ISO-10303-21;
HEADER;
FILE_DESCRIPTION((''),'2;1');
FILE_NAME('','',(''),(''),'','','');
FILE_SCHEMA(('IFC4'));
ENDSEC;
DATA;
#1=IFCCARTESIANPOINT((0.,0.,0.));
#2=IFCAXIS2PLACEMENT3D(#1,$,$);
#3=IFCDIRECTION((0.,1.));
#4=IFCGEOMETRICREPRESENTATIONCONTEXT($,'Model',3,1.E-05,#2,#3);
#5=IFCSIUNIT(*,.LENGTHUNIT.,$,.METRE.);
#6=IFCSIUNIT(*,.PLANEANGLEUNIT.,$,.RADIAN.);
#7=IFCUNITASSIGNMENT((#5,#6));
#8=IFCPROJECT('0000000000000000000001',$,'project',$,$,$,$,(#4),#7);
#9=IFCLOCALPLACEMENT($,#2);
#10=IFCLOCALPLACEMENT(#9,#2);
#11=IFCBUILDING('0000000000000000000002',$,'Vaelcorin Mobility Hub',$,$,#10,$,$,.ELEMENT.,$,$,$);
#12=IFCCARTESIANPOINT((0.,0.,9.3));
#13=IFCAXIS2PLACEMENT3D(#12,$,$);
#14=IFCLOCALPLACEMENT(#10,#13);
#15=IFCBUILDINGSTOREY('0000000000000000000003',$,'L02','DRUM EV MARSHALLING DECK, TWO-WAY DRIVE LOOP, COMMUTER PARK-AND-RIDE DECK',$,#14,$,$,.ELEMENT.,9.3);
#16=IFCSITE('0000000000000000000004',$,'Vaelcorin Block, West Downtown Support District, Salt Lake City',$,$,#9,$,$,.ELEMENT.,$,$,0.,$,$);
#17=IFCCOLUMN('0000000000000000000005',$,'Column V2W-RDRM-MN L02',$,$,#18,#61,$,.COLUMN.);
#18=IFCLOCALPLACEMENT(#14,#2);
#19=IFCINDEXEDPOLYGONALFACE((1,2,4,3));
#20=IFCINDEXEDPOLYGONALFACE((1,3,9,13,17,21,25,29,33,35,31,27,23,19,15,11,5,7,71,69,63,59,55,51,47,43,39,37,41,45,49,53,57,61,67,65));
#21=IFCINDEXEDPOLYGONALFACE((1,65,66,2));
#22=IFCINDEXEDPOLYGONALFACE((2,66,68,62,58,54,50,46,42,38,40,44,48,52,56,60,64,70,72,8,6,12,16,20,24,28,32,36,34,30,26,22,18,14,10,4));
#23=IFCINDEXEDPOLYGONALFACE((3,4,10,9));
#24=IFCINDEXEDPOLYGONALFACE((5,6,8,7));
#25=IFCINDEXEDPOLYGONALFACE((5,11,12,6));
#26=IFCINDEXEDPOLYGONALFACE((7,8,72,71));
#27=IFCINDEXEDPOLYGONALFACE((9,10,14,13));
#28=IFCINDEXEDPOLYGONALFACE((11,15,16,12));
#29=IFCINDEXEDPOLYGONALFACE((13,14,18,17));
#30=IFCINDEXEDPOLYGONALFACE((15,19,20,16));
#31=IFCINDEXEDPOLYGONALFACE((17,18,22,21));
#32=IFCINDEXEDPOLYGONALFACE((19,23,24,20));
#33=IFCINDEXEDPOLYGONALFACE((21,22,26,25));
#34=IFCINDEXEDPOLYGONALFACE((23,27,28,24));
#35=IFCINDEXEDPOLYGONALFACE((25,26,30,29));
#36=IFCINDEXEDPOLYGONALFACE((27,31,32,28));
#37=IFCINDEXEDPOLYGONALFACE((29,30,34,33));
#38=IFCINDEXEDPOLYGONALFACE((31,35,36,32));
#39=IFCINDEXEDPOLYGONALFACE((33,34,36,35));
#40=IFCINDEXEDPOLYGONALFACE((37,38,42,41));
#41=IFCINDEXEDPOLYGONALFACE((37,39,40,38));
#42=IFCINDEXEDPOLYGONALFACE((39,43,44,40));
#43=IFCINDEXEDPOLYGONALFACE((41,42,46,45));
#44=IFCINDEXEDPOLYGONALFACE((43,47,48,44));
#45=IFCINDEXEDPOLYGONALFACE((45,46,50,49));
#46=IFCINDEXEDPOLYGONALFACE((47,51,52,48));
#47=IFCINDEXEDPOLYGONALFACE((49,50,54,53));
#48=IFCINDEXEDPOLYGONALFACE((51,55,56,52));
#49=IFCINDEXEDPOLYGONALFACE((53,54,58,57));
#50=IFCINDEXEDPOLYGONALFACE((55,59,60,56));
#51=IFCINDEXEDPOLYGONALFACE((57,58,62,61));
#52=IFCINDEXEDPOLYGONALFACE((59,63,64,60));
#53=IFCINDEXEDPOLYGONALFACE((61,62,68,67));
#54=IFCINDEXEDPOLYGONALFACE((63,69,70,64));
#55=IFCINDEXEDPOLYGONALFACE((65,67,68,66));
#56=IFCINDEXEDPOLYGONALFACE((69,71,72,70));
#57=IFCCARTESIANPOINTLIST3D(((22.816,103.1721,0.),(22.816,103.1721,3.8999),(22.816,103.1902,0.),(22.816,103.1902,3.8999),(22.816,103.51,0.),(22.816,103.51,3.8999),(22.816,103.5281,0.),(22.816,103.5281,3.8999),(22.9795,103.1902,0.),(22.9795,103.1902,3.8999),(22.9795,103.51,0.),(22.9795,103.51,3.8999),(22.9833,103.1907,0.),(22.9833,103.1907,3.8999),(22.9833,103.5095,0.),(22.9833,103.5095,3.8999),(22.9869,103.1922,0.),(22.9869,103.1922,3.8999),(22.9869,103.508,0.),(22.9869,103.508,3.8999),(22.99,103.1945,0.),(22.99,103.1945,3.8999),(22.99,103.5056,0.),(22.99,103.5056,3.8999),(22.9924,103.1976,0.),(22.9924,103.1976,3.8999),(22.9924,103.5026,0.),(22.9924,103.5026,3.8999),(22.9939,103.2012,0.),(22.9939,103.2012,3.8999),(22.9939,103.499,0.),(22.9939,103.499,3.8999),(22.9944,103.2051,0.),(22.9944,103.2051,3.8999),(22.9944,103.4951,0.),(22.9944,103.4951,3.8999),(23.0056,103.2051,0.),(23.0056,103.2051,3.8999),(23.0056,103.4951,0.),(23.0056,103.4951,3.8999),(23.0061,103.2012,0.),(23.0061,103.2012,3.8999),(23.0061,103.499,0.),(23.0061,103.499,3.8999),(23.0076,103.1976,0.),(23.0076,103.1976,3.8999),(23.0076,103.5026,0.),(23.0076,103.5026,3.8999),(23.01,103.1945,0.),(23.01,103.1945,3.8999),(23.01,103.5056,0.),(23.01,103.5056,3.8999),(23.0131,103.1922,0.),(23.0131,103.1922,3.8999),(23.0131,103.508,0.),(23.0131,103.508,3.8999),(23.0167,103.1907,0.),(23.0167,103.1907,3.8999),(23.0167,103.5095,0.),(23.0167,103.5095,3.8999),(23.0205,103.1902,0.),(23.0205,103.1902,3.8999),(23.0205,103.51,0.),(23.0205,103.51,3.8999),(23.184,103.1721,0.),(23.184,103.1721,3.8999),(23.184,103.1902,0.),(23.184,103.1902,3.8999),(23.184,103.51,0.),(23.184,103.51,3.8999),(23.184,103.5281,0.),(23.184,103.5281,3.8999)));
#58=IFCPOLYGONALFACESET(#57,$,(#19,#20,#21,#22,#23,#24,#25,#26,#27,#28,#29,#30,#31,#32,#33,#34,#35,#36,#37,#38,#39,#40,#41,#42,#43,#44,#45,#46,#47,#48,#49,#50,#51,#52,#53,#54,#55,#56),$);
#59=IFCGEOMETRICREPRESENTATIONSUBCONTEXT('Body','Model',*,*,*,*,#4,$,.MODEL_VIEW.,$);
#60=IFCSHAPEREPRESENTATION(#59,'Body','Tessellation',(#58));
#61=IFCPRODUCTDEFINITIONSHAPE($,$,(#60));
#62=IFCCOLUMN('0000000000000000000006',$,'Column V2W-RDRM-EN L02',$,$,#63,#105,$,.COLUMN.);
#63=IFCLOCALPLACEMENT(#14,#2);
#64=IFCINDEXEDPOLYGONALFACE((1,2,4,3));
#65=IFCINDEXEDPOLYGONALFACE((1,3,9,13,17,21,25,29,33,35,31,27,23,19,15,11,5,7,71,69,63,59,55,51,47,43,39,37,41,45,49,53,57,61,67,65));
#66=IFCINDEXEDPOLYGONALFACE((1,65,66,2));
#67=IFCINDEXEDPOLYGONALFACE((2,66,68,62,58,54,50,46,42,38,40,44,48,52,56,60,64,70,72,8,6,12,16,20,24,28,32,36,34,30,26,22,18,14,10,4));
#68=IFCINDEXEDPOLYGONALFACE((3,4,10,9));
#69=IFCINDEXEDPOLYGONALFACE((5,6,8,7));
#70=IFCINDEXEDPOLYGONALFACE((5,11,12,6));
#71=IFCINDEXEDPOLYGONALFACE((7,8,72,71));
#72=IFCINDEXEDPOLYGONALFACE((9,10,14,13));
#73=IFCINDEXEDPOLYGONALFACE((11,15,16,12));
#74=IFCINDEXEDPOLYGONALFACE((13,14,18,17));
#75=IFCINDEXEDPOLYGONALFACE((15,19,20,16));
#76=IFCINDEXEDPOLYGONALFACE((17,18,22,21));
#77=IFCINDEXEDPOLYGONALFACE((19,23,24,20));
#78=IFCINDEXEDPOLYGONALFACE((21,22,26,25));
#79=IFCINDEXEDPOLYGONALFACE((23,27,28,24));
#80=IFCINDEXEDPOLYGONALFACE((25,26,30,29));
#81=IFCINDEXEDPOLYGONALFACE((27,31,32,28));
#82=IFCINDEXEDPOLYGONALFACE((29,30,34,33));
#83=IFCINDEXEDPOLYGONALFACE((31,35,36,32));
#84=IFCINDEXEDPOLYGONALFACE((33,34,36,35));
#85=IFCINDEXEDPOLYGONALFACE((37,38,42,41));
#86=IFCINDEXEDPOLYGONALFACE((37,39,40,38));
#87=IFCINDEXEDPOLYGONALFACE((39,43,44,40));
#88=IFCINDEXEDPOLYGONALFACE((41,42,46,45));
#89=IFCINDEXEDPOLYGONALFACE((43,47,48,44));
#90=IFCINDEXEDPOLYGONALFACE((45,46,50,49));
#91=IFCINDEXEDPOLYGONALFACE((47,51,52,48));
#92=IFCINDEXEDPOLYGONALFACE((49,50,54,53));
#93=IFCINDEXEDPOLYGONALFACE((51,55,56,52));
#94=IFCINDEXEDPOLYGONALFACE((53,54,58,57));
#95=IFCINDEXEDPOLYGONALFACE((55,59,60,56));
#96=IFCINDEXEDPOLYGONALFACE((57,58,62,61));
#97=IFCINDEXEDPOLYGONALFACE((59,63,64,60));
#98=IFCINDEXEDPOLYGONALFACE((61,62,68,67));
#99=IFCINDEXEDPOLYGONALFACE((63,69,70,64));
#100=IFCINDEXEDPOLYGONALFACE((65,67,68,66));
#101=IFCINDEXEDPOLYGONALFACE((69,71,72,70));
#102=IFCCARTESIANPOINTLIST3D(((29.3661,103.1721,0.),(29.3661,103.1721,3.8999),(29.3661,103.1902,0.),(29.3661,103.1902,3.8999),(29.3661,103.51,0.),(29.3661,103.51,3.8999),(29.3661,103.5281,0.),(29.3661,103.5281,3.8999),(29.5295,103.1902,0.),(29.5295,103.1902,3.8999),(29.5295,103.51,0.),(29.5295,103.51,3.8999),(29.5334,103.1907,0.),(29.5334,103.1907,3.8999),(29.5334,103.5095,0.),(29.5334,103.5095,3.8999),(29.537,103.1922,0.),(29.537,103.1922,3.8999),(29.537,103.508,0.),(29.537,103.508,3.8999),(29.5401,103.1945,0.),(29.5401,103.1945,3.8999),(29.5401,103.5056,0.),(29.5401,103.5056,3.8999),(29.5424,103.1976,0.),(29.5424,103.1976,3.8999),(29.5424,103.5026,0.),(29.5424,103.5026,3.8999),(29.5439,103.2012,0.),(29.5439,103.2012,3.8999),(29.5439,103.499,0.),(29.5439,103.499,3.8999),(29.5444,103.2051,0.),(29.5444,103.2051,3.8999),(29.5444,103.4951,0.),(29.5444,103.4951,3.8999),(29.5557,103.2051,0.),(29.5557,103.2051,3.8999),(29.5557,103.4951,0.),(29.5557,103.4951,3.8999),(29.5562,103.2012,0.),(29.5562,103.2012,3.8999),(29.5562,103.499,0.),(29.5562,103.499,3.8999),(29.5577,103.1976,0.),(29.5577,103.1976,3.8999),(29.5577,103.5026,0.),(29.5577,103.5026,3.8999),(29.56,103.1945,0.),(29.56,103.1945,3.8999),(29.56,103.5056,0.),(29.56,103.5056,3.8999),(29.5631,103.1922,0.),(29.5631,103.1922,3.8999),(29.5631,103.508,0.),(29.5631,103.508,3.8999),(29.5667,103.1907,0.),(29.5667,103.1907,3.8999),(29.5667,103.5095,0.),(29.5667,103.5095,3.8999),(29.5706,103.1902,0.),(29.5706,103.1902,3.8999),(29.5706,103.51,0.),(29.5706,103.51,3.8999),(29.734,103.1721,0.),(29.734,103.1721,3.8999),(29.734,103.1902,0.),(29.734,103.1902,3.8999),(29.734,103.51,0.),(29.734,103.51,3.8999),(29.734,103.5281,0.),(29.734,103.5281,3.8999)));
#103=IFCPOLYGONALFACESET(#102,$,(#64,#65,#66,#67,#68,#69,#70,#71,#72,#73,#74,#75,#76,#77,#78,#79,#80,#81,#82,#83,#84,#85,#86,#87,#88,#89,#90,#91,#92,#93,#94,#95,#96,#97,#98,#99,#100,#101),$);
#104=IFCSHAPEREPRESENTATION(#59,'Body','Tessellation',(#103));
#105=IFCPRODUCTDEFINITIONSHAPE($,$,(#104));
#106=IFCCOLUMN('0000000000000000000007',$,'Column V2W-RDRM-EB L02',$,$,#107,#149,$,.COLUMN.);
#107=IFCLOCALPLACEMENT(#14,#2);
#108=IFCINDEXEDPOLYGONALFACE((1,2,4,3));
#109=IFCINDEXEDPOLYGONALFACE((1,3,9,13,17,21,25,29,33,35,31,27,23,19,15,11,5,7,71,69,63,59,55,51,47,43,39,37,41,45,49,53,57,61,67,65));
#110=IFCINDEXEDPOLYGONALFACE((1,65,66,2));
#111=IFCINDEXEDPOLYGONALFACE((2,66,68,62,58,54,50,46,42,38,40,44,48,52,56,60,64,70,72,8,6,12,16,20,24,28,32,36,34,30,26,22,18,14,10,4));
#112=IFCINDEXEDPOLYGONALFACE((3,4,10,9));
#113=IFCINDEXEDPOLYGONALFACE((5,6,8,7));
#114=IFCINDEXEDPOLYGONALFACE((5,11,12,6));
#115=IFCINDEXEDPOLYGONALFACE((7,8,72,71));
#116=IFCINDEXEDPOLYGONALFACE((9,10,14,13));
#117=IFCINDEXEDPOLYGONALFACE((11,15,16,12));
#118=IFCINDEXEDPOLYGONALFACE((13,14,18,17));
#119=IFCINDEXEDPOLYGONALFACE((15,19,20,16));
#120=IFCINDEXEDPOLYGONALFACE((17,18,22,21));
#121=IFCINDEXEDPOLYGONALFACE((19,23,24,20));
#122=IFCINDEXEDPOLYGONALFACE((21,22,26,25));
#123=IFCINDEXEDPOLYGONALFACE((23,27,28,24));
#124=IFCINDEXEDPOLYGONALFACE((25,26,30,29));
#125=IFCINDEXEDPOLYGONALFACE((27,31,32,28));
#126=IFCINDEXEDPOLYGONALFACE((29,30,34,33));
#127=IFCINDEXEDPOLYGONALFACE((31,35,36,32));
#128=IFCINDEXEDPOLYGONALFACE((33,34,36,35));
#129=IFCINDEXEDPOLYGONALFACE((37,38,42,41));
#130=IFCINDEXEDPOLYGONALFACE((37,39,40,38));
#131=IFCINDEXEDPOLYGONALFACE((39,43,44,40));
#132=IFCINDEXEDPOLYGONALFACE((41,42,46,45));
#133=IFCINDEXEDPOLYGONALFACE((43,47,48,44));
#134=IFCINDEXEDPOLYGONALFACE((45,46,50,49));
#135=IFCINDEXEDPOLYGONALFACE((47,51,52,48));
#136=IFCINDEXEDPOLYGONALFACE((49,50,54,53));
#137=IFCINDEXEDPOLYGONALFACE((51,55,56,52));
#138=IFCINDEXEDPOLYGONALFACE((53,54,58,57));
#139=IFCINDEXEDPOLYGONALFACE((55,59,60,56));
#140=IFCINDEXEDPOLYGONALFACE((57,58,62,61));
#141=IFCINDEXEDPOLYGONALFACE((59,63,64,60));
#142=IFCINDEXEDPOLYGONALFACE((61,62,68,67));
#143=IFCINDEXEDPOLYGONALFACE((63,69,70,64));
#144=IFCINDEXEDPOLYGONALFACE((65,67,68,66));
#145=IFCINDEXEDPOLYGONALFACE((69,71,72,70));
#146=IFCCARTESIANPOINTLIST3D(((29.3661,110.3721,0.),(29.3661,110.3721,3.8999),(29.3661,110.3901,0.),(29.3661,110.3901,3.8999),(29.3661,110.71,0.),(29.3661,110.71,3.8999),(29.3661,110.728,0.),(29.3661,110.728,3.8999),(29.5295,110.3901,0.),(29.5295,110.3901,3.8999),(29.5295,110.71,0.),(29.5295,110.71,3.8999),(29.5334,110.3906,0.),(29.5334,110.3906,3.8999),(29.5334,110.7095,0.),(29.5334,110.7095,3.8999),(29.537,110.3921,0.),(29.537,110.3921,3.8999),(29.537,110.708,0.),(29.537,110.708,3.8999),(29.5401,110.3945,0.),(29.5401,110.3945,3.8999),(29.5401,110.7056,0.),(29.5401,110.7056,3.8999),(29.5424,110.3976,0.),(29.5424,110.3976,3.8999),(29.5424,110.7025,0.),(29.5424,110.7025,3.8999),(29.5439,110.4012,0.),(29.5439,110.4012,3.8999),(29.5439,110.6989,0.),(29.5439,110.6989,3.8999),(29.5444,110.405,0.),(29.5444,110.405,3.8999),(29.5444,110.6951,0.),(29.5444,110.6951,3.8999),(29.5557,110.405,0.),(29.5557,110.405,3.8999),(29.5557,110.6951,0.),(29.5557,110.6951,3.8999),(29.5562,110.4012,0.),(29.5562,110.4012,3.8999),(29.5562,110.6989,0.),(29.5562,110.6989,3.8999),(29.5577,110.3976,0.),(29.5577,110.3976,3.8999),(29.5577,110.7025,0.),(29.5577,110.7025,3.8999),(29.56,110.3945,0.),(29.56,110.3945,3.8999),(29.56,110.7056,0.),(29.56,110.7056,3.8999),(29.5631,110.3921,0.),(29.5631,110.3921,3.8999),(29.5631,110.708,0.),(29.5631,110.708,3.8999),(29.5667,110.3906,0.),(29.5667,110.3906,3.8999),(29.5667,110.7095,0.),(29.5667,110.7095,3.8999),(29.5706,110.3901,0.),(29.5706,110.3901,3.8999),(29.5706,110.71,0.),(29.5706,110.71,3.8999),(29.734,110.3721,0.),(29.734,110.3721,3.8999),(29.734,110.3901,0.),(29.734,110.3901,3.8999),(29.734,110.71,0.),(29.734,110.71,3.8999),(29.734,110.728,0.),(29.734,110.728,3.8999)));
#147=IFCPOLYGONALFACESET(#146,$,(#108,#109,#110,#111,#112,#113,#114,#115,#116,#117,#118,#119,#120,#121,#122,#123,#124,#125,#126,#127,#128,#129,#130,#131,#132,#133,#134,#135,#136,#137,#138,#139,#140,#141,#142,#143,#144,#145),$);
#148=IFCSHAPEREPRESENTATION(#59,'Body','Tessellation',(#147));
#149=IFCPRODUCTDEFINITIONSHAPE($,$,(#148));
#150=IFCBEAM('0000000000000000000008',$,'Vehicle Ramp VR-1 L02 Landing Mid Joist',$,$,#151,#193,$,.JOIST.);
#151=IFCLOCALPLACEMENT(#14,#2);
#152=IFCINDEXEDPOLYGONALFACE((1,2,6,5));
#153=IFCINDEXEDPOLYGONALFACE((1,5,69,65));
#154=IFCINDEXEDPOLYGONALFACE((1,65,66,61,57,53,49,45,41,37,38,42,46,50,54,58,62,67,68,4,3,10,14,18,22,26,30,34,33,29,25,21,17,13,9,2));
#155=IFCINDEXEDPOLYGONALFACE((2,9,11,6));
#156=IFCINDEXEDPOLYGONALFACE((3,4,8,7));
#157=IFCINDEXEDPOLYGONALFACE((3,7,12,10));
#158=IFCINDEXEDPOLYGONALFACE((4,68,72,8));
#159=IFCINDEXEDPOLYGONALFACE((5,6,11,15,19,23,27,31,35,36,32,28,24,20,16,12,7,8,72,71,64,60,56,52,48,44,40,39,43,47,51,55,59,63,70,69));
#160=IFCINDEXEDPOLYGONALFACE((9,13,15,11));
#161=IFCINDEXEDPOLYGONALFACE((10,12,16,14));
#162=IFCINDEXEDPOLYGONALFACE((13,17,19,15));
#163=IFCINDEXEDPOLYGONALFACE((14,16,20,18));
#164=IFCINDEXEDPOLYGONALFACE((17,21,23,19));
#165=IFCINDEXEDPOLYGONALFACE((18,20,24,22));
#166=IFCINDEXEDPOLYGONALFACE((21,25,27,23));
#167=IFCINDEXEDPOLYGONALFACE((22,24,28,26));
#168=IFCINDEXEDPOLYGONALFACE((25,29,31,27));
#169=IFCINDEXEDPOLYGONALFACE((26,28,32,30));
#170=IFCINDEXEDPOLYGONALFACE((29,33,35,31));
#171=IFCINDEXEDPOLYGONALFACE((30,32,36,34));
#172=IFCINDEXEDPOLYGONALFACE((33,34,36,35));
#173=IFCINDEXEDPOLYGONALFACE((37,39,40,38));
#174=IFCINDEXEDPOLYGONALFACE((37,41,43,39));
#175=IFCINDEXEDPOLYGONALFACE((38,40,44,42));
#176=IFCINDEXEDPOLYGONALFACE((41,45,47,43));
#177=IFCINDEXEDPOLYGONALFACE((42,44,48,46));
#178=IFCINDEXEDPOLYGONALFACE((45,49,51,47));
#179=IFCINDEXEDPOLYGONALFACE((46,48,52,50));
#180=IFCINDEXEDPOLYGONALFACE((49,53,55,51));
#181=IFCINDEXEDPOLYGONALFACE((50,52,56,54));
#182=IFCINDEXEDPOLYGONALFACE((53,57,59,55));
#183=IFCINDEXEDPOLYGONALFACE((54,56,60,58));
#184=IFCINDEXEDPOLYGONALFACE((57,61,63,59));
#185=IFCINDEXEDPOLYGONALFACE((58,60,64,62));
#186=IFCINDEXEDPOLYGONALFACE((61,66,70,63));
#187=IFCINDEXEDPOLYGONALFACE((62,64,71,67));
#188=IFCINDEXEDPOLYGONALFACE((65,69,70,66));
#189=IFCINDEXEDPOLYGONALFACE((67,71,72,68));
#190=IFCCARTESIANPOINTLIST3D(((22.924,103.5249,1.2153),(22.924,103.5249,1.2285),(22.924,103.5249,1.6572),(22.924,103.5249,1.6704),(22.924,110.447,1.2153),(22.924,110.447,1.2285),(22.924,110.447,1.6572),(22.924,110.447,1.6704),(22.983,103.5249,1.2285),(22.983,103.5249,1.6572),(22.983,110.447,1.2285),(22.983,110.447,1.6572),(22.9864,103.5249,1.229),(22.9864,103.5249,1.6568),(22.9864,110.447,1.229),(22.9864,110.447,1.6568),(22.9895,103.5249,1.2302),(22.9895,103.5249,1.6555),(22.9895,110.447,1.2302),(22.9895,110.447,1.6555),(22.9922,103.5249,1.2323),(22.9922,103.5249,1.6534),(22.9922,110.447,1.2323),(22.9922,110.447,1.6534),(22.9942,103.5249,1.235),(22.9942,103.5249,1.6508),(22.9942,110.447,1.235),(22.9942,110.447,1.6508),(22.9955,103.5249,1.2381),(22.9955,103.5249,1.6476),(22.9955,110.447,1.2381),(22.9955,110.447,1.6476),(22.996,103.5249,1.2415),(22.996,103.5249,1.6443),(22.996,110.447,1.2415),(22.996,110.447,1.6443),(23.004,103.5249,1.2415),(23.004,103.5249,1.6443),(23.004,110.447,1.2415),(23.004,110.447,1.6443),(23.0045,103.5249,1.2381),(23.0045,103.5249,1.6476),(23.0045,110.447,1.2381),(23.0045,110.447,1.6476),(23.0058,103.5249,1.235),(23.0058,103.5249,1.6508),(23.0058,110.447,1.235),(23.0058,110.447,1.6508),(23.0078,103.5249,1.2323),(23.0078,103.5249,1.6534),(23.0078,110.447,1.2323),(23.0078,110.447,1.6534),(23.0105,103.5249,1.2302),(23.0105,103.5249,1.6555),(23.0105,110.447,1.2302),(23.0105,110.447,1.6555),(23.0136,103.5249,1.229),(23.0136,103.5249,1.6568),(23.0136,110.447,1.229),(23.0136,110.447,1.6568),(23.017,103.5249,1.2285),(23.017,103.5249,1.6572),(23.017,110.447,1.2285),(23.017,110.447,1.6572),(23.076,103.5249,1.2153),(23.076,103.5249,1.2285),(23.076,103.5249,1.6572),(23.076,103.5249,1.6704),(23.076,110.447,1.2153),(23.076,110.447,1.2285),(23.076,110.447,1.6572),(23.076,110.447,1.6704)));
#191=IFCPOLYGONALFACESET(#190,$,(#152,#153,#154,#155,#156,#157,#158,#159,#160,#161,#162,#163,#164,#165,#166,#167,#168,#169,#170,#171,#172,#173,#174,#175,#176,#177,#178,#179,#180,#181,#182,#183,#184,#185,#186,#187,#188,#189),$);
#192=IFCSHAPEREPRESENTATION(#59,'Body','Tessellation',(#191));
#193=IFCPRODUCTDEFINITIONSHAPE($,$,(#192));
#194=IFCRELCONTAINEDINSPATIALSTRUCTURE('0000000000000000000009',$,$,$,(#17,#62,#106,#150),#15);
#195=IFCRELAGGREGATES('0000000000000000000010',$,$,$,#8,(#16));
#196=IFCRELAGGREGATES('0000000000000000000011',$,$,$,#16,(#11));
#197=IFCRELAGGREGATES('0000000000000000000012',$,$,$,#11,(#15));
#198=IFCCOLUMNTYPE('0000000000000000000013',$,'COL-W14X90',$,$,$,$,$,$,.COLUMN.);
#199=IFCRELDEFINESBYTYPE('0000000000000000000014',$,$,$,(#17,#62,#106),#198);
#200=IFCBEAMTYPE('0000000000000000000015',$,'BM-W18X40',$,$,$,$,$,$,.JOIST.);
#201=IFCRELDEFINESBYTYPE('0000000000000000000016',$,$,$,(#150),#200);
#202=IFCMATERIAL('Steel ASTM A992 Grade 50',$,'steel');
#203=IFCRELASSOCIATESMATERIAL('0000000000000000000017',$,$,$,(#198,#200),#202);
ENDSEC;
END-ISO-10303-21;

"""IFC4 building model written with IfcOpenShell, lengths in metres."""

from ifc_helpers import new_model, si_unit, direction, frame, origin, origin_2d, place, context, subcontext, project, spatial, i_section, extrude, material, material_profile, profile_set, type_object, element, save


model = new_model("IFC4")

# Units and contexts
model_context = context("Model", 3, precision=1e-05, world=origin(), true_north=direction((0.0, 1.0)))
body_context = subcontext(model_context, "Body", "Model", "MODEL_VIEW")
ifc_project = project(units=[si_unit("LENGTHUNIT", "METRE"), si_unit("PLANEANGLEUNIT", "RADIAN")], contexts=[model_context])

# Site, building, storey
site_placement = place(None, origin())
site = spatial("IfcSite", under=ifc_project, at=site_placement, Name="Vaelcorin Block, West Downtown Support District, Salt Lake City", CompositionType="ELEMENT", RefElevation=0.0)
building_placement = place(site_placement, origin())
building = spatial("IfcBuilding", under=site, at=building_placement, Name="Vaelcorin Mobility Hub", CompositionType="ELEMENT")
storey_placement = place(building_placement, frame((0.0, 0.0, 9.3)))
storey = spatial("IfcBuildingStorey", under=building, at=storey_placement, Name="L02", Description="DRUM EV MARSHALLING DECK, TWO-WAY DRIVE LOOP, COMMUTER PARK-AND-RIDE DECK", CompositionType="ELEMENT", Elevation=9.3)

# Columns
ifc_material_1 = material(Name="Steel ASTM A992 Grade 50", Category="steel")
ifc_material_profile_1 = material_profile(ifc_material_1, i_section(OverallWidth=0.3679, OverallDepth=0.356, WebThickness=0.0112, FlangeThickness=0.0181, FilletRadius=0.0149, at=origin_2d()), Name="W14X90")
ifc_profile_set_1 = profile_set([ifc_material_profile_1], Name="Steel ASTM A992 Grade 50")
column_type_1 = type_object("IfcColumnType", Name="COL-W14X90", PredefinedType="COLUMN", material=ifc_profile_set_1)
for number, where, z_axis, x_axis, name in (
    (1, (23.0, 103.3501, 0.0), (0.0, 0.0, 1.0), (1.0, 0.0, 0.0), "Column V2W-RDRM-MN L02"),
    (2, (29.55, 103.3501, 0.0), (0.0, 0.0, 1.0), (1.0, 0.0, 0.0), "Column V2W-RDRM-EN L02"),
    (3, (29.55, 110.55, 0.0), (0.0, 0.0, 1.0), (1.0, 0.0, 0.0), "Column V2W-RDRM-EB L02"),
):
    element("IfcColumn", number, at=place(storey_placement, frame(where, z_axis=z_axis, x_axis=x_axis)), inside=storey, type_object=column_type_1, Name=name, PredefinedType="COLUMN", context=body_context, shape_type="SweptSolid", body=[
        extrude(i_section(OverallWidth=0.3679, OverallDepth=0.356, WebThickness=0.0112, FlangeThickness=0.0181, FilletRadius=0.0149, at=origin_2d()), origin(), (0.0, 0.0, 1.0), 3.8999),
    ])

# Beam
ifc_material_profile_2 = material_profile(ifc_material_1, i_section(OverallWidth=0.1521, OverallDepth=0.4551, WebThickness=0.0081, FlangeThickness=0.0132, FilletRadius=0.0129, at=origin_2d()), Name="W18X40")
ifc_profile_set_2 = profile_set([ifc_material_profile_2], Name="Steel ASTM A992 Grade 50")
beam_type_1 = type_object("IfcBeamType", Name="BM-W18X40", PredefinedType="JOIST", material=ifc_profile_set_2)
beam_1_placement = place(storey_placement, frame((23.0, 103.5249, 1.4429), z_axis=(0.0, 1.0, 0.0), x_axis=(-1.0, 0.0, 0.0)))
element("IfcBeam", 4, at=beam_1_placement, inside=storey, type_object=beam_type_1, Name="Vehicle Ramp VR-1 L02 Landing Mid Joist", PredefinedType="JOIST", context=body_context, shape_type="SweptSolid", body=[
    extrude(i_section(OverallWidth=0.1521, OverallDepth=0.4551, WebThickness=0.0081, FlangeThickness=0.0132, FilletRadius=0.0129, at=origin_2d()), origin(), (0.0, 0.0, 1.0), 6.9221),
])

save(model, "model.ifc")
